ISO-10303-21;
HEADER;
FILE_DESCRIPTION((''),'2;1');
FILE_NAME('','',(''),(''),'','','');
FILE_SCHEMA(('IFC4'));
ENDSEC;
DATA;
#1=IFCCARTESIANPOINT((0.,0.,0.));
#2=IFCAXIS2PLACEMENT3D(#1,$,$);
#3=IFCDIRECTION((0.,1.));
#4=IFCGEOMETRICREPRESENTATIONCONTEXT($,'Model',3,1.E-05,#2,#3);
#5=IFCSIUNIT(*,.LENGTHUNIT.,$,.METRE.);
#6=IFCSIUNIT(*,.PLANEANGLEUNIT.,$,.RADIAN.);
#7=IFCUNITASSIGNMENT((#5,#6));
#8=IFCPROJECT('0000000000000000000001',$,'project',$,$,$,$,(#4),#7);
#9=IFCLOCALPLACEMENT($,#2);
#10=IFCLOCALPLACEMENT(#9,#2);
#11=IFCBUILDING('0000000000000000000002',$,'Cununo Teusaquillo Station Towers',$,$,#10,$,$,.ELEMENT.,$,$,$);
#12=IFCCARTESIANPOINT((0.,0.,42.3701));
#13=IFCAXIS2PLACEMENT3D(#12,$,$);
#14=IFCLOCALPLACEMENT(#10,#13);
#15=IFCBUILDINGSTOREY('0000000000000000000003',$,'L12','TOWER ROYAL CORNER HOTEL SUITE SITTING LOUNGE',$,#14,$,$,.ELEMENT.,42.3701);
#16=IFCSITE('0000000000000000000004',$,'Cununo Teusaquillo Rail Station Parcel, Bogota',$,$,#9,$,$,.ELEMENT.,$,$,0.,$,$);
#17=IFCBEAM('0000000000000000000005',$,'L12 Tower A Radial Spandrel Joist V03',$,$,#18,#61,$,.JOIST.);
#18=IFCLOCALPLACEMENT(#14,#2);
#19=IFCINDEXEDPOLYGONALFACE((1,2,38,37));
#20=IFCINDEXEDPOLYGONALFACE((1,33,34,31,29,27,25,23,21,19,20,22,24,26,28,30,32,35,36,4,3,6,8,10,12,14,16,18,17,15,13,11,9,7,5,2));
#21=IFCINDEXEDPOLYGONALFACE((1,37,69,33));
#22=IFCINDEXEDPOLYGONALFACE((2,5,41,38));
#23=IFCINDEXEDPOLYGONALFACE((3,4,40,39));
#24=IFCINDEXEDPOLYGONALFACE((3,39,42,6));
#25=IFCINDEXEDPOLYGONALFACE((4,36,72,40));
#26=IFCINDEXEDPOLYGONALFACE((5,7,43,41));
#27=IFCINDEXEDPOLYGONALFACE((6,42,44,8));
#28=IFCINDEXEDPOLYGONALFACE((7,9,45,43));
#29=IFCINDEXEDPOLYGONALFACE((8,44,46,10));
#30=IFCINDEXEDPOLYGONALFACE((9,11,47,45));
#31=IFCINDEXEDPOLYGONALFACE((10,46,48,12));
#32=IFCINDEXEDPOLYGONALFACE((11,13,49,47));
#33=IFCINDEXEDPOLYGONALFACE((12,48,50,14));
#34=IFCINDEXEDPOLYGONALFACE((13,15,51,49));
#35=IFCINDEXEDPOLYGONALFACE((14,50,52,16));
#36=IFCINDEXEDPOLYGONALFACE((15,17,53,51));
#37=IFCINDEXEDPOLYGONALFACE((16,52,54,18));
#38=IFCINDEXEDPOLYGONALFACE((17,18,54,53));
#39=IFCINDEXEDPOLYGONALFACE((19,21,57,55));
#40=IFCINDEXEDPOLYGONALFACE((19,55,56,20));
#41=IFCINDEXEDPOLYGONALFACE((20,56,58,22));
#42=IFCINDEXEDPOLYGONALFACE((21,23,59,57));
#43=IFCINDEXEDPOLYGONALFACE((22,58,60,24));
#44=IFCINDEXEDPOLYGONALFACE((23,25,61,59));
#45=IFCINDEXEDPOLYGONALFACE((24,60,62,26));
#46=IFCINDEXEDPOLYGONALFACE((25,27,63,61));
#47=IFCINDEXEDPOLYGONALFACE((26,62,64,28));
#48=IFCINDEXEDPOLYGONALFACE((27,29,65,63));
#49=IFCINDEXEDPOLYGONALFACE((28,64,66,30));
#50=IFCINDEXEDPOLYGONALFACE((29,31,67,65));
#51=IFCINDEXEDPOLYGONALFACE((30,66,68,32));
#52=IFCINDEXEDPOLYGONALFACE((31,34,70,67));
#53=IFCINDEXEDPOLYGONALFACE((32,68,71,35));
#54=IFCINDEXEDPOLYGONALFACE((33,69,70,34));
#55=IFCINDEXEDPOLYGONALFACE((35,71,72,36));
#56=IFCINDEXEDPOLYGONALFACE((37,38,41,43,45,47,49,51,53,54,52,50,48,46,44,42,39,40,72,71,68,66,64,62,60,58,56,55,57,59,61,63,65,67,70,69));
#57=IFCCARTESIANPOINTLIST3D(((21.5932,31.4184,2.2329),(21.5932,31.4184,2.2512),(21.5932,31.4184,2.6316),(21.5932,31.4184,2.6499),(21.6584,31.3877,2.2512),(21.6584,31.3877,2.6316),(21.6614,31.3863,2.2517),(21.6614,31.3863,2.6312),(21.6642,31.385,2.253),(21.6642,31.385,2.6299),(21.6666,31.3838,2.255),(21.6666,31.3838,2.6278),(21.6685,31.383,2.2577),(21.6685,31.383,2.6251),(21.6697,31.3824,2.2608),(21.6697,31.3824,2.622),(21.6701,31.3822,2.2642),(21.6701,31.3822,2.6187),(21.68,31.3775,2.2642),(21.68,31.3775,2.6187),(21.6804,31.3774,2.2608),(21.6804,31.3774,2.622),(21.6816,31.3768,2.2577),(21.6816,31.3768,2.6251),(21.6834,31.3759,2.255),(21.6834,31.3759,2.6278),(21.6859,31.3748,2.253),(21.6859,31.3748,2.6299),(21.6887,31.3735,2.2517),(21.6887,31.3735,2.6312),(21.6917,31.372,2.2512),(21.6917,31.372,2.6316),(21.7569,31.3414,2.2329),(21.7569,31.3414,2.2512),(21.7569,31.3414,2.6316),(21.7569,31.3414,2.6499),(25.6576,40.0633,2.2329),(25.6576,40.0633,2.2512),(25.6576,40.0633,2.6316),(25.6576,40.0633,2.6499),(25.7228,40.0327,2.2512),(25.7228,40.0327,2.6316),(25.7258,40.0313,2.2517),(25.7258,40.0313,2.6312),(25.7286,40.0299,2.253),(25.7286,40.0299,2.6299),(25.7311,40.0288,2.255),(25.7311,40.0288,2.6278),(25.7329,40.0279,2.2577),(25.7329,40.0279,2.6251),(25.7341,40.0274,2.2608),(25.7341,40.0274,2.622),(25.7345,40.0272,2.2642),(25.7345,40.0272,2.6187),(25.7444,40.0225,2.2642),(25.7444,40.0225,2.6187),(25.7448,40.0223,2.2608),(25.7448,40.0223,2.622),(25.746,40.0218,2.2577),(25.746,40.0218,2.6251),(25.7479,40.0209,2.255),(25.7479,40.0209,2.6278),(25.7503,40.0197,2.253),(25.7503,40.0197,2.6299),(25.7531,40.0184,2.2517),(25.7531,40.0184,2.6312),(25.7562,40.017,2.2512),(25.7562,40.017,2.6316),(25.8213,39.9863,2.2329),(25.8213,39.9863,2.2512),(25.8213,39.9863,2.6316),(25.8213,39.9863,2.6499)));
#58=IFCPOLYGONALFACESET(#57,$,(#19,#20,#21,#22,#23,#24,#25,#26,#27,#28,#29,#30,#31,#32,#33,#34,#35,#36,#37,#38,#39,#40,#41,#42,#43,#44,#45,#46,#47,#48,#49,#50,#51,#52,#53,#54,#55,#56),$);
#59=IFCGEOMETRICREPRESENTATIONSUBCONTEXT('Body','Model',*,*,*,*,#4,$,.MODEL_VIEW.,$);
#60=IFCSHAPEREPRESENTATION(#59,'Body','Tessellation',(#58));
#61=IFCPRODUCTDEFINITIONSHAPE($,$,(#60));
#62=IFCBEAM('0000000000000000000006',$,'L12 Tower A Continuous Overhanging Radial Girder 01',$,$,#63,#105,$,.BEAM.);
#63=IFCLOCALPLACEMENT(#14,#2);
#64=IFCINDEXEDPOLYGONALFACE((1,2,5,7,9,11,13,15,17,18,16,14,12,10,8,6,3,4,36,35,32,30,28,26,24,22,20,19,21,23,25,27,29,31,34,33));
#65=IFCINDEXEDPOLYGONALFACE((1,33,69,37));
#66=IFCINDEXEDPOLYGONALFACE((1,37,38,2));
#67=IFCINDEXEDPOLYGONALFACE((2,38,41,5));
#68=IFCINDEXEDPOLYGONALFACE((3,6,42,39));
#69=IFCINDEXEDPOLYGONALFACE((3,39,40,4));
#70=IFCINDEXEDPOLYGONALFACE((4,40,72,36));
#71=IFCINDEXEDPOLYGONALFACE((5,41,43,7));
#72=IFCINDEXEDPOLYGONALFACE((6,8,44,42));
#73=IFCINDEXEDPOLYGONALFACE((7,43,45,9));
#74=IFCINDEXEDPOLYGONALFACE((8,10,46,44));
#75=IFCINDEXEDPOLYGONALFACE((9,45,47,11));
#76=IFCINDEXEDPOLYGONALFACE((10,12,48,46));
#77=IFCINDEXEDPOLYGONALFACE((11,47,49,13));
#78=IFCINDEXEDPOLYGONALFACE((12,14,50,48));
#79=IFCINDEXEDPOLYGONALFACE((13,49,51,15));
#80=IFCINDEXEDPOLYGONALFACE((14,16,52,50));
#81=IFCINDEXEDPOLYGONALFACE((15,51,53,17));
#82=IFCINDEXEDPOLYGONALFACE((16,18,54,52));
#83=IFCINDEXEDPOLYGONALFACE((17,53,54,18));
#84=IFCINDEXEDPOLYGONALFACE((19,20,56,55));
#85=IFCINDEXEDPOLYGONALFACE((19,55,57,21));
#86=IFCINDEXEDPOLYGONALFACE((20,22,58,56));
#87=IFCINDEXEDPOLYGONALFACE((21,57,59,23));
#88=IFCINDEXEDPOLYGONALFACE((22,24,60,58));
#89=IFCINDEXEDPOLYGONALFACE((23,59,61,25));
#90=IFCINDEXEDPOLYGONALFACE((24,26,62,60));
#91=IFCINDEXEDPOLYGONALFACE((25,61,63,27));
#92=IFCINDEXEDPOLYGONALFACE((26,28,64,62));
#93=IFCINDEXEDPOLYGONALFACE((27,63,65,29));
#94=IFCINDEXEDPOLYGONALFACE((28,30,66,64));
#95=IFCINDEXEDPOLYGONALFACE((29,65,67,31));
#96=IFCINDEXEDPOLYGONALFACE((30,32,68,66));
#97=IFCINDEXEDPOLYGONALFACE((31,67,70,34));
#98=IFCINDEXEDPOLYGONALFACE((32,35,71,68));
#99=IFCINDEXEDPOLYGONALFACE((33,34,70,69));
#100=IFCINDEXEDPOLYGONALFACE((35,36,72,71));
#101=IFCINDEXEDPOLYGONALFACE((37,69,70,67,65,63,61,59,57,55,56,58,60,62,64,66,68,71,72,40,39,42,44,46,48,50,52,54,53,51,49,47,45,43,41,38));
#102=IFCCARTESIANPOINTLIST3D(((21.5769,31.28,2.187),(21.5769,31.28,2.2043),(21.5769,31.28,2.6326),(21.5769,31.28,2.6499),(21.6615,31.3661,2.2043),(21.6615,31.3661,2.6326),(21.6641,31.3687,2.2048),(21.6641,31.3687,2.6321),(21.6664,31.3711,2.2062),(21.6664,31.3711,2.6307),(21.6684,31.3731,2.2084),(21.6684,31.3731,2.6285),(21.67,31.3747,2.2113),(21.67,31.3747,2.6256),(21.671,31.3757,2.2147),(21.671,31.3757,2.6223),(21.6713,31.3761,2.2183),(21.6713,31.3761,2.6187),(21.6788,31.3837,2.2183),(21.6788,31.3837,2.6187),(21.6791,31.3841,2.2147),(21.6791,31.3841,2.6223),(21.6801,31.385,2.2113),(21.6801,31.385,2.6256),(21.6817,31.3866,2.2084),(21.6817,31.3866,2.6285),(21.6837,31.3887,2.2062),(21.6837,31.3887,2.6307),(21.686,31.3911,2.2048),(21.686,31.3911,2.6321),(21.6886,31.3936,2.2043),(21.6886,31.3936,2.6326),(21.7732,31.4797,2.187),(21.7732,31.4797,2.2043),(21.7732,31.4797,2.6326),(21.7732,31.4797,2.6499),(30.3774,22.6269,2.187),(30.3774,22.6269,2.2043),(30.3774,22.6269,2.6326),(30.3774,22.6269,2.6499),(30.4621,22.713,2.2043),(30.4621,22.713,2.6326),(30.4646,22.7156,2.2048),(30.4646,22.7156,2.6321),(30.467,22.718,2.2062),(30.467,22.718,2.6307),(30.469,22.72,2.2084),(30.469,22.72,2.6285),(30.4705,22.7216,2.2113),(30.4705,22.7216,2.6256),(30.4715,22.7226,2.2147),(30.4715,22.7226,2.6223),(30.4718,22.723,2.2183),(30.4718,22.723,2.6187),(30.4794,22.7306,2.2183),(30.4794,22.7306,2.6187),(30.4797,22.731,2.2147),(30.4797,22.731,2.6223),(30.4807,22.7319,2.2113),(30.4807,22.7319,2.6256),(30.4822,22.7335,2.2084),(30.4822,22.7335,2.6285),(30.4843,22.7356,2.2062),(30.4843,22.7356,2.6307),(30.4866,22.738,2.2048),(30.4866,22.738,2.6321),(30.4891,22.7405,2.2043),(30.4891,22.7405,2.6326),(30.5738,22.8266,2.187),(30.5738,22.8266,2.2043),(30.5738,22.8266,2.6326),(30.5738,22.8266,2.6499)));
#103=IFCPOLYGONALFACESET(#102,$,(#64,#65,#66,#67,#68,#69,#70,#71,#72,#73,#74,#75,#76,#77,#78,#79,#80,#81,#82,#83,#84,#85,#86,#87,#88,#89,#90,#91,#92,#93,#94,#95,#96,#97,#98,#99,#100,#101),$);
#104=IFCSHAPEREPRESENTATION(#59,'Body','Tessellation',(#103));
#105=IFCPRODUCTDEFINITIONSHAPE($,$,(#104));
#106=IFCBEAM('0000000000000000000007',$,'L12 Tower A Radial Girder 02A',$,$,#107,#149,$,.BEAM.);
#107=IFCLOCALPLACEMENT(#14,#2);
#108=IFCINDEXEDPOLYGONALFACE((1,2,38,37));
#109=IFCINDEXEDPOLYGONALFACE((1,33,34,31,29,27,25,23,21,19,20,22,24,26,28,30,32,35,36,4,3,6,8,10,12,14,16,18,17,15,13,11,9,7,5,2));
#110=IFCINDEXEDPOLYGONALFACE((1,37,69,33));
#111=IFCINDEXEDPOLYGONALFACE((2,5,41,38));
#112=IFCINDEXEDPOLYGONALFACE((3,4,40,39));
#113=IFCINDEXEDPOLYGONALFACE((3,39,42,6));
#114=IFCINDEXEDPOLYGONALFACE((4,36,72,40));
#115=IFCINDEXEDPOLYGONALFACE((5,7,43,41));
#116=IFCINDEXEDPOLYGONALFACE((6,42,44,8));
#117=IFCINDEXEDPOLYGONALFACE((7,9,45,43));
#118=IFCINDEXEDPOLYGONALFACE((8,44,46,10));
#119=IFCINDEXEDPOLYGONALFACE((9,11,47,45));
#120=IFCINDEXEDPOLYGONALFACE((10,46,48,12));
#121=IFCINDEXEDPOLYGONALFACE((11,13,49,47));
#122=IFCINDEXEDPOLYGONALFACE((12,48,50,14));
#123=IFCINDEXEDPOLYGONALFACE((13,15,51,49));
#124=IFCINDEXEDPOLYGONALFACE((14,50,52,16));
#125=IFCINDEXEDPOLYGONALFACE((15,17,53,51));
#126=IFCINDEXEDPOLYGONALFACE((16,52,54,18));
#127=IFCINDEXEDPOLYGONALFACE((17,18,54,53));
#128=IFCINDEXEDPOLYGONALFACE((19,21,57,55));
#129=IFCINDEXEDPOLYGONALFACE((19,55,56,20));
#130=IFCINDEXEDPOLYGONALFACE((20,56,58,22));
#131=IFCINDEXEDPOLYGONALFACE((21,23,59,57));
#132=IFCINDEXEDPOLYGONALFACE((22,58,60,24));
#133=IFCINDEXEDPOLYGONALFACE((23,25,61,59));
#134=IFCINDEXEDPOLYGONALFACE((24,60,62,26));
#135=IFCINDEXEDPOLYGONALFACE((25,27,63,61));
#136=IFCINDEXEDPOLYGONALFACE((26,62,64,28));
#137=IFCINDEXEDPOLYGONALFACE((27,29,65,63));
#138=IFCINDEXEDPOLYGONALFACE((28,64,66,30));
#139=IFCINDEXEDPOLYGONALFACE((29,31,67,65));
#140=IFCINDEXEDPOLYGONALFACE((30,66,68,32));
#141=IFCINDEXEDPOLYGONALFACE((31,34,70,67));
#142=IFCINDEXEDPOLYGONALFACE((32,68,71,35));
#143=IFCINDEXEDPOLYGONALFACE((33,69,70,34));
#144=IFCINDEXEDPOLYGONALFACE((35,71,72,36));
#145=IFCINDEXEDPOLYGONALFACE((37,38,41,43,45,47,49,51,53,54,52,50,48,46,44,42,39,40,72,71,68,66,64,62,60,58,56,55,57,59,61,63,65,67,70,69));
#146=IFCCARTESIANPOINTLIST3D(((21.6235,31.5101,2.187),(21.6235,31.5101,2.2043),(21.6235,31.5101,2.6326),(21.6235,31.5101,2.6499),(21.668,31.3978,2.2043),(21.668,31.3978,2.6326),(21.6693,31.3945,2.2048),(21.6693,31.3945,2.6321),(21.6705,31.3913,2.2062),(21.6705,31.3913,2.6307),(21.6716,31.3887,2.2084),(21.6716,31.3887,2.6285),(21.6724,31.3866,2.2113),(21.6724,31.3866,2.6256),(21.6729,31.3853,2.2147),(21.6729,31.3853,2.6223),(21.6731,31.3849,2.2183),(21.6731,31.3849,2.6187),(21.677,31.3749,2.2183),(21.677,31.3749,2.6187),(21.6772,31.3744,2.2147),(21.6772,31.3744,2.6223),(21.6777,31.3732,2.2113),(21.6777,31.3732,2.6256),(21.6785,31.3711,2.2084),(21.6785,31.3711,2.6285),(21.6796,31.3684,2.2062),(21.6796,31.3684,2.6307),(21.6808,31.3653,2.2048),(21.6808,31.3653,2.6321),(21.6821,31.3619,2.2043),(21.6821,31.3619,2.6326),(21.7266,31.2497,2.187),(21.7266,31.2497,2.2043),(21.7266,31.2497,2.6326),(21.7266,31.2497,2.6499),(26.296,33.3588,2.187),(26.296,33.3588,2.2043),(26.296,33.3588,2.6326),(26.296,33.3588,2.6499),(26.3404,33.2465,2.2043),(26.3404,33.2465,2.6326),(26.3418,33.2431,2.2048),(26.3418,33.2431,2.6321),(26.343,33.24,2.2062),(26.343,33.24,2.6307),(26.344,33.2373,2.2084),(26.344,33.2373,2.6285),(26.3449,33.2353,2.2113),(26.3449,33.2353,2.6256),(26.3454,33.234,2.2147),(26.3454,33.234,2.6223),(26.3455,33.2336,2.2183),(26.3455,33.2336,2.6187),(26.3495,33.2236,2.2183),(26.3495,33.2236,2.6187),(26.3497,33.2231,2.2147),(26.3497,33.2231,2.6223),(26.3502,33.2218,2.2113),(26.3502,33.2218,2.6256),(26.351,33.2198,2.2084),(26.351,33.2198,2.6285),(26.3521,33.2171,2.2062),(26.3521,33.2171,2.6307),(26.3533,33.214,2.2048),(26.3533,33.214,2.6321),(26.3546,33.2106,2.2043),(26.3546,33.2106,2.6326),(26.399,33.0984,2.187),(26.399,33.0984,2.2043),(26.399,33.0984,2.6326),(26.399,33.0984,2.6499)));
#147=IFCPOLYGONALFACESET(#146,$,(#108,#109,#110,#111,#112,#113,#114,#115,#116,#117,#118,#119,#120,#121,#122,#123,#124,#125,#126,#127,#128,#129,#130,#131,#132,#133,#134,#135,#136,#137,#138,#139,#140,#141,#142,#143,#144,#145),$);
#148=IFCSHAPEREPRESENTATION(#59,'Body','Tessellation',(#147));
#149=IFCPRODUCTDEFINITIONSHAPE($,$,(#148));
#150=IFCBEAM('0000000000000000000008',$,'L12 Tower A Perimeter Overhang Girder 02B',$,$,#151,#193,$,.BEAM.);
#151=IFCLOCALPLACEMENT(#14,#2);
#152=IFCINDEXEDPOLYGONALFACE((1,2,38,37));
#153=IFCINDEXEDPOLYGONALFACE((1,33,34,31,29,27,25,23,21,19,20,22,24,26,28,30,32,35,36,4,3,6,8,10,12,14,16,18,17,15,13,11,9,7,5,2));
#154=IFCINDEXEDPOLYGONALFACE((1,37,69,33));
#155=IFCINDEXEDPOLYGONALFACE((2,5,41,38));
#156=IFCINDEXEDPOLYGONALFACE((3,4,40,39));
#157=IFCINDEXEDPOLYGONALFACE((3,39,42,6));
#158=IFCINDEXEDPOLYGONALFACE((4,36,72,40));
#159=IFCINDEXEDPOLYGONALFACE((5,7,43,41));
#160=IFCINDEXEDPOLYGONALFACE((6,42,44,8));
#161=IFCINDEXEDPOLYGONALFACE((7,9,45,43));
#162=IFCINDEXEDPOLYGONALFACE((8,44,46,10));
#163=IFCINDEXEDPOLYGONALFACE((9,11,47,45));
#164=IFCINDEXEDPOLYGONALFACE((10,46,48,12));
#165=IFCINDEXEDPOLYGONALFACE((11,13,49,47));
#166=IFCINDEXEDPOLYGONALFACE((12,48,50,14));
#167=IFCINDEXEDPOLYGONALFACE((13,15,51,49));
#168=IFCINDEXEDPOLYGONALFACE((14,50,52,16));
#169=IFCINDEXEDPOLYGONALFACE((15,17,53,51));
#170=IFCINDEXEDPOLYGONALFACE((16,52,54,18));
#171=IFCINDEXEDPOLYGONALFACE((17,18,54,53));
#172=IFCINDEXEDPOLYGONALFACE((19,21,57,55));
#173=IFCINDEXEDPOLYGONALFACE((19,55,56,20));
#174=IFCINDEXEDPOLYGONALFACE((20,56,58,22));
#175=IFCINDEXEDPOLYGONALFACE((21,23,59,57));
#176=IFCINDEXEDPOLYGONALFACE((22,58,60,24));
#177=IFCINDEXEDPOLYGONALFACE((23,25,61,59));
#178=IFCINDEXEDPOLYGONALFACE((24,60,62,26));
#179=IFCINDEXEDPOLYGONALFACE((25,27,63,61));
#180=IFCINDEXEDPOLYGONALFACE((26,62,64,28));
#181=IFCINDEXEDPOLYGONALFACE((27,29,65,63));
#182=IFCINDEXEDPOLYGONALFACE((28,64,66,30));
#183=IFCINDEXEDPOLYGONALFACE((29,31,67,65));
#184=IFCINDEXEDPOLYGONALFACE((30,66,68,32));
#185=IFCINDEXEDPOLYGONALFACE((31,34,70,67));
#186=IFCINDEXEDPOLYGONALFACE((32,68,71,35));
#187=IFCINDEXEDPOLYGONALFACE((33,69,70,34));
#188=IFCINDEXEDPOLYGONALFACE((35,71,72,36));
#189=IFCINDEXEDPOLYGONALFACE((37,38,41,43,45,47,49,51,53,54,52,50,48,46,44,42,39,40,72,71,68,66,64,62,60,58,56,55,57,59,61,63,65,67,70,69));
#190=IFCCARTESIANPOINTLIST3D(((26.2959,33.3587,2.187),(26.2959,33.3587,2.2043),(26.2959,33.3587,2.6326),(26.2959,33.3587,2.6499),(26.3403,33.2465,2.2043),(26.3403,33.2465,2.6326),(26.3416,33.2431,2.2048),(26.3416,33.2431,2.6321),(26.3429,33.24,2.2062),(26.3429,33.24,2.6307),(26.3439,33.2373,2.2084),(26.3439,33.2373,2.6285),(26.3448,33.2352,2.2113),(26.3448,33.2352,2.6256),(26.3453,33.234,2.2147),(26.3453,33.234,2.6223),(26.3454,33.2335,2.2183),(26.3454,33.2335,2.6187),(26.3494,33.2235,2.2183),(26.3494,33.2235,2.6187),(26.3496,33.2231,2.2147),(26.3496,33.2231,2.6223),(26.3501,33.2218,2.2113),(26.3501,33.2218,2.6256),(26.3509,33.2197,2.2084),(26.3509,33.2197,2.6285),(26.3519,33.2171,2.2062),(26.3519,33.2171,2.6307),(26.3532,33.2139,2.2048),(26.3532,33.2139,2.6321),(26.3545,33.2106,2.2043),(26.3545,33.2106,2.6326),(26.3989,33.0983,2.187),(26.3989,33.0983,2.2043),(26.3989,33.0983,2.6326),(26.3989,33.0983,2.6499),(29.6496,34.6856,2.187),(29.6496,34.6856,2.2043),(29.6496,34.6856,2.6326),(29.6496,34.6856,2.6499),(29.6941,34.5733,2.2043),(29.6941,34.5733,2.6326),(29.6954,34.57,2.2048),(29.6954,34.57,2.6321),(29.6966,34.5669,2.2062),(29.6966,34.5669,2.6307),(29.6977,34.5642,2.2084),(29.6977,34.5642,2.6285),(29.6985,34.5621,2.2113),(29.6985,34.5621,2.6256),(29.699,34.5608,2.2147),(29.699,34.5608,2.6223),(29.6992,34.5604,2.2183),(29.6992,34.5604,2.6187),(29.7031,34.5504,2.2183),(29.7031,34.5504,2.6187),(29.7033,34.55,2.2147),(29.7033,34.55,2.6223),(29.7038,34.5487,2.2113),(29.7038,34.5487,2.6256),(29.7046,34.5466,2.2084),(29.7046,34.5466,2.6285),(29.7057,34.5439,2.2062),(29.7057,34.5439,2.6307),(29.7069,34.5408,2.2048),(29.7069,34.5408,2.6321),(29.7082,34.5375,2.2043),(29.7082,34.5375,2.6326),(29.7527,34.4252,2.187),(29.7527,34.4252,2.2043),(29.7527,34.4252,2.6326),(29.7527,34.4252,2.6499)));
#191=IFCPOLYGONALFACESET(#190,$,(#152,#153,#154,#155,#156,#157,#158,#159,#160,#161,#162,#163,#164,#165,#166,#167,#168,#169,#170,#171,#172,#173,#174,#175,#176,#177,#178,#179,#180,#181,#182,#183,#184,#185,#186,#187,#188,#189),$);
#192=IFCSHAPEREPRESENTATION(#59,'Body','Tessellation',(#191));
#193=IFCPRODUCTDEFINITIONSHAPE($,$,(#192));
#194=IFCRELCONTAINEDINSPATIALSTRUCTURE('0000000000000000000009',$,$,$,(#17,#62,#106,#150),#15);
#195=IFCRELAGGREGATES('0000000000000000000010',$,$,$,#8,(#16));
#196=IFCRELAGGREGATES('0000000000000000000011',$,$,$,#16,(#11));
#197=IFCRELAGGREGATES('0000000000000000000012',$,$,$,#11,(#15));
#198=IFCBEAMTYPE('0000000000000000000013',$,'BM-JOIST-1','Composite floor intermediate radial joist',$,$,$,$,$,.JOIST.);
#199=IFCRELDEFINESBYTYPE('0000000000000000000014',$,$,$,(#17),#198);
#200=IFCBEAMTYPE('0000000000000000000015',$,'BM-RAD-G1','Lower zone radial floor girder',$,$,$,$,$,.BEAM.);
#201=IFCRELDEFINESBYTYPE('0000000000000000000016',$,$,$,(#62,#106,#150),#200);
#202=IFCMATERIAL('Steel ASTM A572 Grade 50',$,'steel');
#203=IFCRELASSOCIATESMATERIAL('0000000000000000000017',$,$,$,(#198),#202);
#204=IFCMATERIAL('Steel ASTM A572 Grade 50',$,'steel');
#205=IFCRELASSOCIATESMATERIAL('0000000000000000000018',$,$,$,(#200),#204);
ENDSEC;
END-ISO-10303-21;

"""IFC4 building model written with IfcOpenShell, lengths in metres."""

from ifc_helpers import new_model, si_unit, direction, frame, origin, origin_2d, place, context, subcontext, project, spatial, i_section, extrude, material, material_profile, profile_set, type_object, element, save


model = new_model("IFC4")

# Units and contexts
model_context = context("Model", 3, precision=1e-05, world=origin(), true_north=direction((0.0, 1.0)))
body_context = subcontext(model_context, "Body", "Model", "MODEL_VIEW")
ifc_project = project(units=[si_unit("LENGTHUNIT", "METRE"), si_unit("PLANEANGLEUNIT", "RADIAN")], contexts=[model_context])

# Site, building, storey
site_placement = place(None, origin())
site = spatial("IfcSite", under=ifc_project, at=site_placement, Name="Cununo Teusaquillo Rail Station Parcel, Bogota", CompositionType="ELEMENT", RefElevation=0.0)
building_placement = place(site_placement, origin())
building = spatial("IfcBuilding", under=site, at=building_placement, Name="Cununo Teusaquillo Station Towers", CompositionType="ELEMENT")
storey_placement = place(building_placement, frame((0.0, 0.0, 42.3701)))
storey = spatial("IfcBuildingStorey", under=building, at=storey_placement, Name="L12", Description="TOWER ROYAL CORNER HOTEL SUITE SITTING LOUNGE", CompositionType="ELEMENT", Elevation=42.3701)

# Beams
ifc_material_1 = material(Name="Steel ASTM A572 Grade 50", Category="steel")
ifc_material_profile_1 = material_profile(ifc_material_1, i_section(OverallWidth=0.1809, OverallDepth=0.417, WebThickness=0.011, FlangeThickness=0.0183, FilletRadius=0.0129, at=origin_2d()), Name="W16X57")
ifc_profile_set_1 = profile_set([ifc_material_profile_1], Name="Steel ASTM A572 Grade 50")
beam_type_1 = type_object("IfcBeamType", Name="BM-JOIST-1", Description="Composite floor intermediate radial joist", PredefinedType="JOIST", material=ifc_profile_set_1)
beam_1_placement = place(storey_placement, frame((21.675, 31.3799, 2.4414), z_axis=(0.425472, 0.904972, 0.0), x_axis=(-0.904972, 0.425472, 0.0)))
element("IfcBeam", 1, at=beam_1_placement, inside=storey, type_object=beam_type_1, Name="L12 Tower A Radial Spandrel Joist V03", PredefinedType="JOIST", context=body_context, shape_type="SweptSolid", body=[
    extrude(i_section(OverallWidth=0.1809, OverallDepth=0.417, WebThickness=0.011, FlangeThickness=0.0183, FilletRadius=0.0129, at=origin_2d()), origin(), (0.0, 0.0, 1.0), 9.5527),
])
ifc_material_2 = material(Name="Steel ASTM A572 Grade 50", Category="steel")
ifc_material_profile_2 = material_profile(ifc_material_2, i_section(OverallWidth=0.28, OverallDepth=0.4629, WebThickness=0.0107, FlangeThickness=0.0173, FilletRadius=0.0139, at=origin_2d()), Name="W18X76")
ifc_profile_set_2 = profile_set([ifc_material_profile_2], Name="Steel ASTM A572 Grade 50")
beam_type_2 = type_object("IfcBeamType", Name="BM-RAD-G1", Description="Lower zone radial floor girder", PredefinedType="BEAM", material=ifc_profile_set_2)
beam_2_placement = place(storey_placement, frame((21.675, 31.3799, 2.4185), z_axis=(0.713055, -0.701108, 0.0), x_axis=(0.701108, 0.713055, 0.0)))
element("IfcBeam", 2, at=beam_2_placement, inside=storey, type_object=beam_type_2, Name="L12 Tower A Continuous Overhanging Radial Girder 01", PredefinedType="BEAM", context=body_context, shape_type="SweptSolid", body=[
    extrude(i_section(OverallWidth=0.28, OverallDepth=0.4629, WebThickness=0.0107, FlangeThickness=0.0173, FilletRadius=0.0139, at=origin_2d()), origin(), (0.0, 0.0, 1.0), 12.342),
])
beam_3_placement = place(storey_placement, frame((21.675, 31.3799, 2.4185), z_axis=(0.929864, 0.367903, 0.0), x_axis=(-0.367903, 0.929864, 0.0)))
element("IfcBeam", 3, at=beam_3_placement, inside=storey, type_object=beam_type_2, Name="L12 Tower A Radial Girder 02A", PredefinedType="BEAM", context=body_context, shape_type="SweptSolid", body=[
    extrude(i_section(OverallWidth=0.28, OverallDepth=0.4629, WebThickness=0.0107, FlangeThickness=0.0173, FilletRadius=0.0139, at=origin_2d()), origin(), (0.0, 0.0, 1.0), 5.0249),
])
beam_4_placement = place(storey_placement, frame((26.3474, 33.2285, 2.4185), z_axis=(0.929866, 0.367898, 0.0), x_axis=(-0.367898, 0.929866, 0.0)))
element("IfcBeam", 4, at=beam_4_placement, inside=storey, type_object=beam_type_2, Name="L12 Tower A Perimeter Overhang Girder 02B", PredefinedType="BEAM", context=body_context, shape_type="SweptSolid", body=[
    extrude(i_section(OverallWidth=0.28, OverallDepth=0.4629, WebThickness=0.0107, FlangeThickness=0.0173, FilletRadius=0.0139, at=origin_2d()), origin(), (0.0, 0.0, 1.0), 3.6067),
])

save(model, "model.ifc")
